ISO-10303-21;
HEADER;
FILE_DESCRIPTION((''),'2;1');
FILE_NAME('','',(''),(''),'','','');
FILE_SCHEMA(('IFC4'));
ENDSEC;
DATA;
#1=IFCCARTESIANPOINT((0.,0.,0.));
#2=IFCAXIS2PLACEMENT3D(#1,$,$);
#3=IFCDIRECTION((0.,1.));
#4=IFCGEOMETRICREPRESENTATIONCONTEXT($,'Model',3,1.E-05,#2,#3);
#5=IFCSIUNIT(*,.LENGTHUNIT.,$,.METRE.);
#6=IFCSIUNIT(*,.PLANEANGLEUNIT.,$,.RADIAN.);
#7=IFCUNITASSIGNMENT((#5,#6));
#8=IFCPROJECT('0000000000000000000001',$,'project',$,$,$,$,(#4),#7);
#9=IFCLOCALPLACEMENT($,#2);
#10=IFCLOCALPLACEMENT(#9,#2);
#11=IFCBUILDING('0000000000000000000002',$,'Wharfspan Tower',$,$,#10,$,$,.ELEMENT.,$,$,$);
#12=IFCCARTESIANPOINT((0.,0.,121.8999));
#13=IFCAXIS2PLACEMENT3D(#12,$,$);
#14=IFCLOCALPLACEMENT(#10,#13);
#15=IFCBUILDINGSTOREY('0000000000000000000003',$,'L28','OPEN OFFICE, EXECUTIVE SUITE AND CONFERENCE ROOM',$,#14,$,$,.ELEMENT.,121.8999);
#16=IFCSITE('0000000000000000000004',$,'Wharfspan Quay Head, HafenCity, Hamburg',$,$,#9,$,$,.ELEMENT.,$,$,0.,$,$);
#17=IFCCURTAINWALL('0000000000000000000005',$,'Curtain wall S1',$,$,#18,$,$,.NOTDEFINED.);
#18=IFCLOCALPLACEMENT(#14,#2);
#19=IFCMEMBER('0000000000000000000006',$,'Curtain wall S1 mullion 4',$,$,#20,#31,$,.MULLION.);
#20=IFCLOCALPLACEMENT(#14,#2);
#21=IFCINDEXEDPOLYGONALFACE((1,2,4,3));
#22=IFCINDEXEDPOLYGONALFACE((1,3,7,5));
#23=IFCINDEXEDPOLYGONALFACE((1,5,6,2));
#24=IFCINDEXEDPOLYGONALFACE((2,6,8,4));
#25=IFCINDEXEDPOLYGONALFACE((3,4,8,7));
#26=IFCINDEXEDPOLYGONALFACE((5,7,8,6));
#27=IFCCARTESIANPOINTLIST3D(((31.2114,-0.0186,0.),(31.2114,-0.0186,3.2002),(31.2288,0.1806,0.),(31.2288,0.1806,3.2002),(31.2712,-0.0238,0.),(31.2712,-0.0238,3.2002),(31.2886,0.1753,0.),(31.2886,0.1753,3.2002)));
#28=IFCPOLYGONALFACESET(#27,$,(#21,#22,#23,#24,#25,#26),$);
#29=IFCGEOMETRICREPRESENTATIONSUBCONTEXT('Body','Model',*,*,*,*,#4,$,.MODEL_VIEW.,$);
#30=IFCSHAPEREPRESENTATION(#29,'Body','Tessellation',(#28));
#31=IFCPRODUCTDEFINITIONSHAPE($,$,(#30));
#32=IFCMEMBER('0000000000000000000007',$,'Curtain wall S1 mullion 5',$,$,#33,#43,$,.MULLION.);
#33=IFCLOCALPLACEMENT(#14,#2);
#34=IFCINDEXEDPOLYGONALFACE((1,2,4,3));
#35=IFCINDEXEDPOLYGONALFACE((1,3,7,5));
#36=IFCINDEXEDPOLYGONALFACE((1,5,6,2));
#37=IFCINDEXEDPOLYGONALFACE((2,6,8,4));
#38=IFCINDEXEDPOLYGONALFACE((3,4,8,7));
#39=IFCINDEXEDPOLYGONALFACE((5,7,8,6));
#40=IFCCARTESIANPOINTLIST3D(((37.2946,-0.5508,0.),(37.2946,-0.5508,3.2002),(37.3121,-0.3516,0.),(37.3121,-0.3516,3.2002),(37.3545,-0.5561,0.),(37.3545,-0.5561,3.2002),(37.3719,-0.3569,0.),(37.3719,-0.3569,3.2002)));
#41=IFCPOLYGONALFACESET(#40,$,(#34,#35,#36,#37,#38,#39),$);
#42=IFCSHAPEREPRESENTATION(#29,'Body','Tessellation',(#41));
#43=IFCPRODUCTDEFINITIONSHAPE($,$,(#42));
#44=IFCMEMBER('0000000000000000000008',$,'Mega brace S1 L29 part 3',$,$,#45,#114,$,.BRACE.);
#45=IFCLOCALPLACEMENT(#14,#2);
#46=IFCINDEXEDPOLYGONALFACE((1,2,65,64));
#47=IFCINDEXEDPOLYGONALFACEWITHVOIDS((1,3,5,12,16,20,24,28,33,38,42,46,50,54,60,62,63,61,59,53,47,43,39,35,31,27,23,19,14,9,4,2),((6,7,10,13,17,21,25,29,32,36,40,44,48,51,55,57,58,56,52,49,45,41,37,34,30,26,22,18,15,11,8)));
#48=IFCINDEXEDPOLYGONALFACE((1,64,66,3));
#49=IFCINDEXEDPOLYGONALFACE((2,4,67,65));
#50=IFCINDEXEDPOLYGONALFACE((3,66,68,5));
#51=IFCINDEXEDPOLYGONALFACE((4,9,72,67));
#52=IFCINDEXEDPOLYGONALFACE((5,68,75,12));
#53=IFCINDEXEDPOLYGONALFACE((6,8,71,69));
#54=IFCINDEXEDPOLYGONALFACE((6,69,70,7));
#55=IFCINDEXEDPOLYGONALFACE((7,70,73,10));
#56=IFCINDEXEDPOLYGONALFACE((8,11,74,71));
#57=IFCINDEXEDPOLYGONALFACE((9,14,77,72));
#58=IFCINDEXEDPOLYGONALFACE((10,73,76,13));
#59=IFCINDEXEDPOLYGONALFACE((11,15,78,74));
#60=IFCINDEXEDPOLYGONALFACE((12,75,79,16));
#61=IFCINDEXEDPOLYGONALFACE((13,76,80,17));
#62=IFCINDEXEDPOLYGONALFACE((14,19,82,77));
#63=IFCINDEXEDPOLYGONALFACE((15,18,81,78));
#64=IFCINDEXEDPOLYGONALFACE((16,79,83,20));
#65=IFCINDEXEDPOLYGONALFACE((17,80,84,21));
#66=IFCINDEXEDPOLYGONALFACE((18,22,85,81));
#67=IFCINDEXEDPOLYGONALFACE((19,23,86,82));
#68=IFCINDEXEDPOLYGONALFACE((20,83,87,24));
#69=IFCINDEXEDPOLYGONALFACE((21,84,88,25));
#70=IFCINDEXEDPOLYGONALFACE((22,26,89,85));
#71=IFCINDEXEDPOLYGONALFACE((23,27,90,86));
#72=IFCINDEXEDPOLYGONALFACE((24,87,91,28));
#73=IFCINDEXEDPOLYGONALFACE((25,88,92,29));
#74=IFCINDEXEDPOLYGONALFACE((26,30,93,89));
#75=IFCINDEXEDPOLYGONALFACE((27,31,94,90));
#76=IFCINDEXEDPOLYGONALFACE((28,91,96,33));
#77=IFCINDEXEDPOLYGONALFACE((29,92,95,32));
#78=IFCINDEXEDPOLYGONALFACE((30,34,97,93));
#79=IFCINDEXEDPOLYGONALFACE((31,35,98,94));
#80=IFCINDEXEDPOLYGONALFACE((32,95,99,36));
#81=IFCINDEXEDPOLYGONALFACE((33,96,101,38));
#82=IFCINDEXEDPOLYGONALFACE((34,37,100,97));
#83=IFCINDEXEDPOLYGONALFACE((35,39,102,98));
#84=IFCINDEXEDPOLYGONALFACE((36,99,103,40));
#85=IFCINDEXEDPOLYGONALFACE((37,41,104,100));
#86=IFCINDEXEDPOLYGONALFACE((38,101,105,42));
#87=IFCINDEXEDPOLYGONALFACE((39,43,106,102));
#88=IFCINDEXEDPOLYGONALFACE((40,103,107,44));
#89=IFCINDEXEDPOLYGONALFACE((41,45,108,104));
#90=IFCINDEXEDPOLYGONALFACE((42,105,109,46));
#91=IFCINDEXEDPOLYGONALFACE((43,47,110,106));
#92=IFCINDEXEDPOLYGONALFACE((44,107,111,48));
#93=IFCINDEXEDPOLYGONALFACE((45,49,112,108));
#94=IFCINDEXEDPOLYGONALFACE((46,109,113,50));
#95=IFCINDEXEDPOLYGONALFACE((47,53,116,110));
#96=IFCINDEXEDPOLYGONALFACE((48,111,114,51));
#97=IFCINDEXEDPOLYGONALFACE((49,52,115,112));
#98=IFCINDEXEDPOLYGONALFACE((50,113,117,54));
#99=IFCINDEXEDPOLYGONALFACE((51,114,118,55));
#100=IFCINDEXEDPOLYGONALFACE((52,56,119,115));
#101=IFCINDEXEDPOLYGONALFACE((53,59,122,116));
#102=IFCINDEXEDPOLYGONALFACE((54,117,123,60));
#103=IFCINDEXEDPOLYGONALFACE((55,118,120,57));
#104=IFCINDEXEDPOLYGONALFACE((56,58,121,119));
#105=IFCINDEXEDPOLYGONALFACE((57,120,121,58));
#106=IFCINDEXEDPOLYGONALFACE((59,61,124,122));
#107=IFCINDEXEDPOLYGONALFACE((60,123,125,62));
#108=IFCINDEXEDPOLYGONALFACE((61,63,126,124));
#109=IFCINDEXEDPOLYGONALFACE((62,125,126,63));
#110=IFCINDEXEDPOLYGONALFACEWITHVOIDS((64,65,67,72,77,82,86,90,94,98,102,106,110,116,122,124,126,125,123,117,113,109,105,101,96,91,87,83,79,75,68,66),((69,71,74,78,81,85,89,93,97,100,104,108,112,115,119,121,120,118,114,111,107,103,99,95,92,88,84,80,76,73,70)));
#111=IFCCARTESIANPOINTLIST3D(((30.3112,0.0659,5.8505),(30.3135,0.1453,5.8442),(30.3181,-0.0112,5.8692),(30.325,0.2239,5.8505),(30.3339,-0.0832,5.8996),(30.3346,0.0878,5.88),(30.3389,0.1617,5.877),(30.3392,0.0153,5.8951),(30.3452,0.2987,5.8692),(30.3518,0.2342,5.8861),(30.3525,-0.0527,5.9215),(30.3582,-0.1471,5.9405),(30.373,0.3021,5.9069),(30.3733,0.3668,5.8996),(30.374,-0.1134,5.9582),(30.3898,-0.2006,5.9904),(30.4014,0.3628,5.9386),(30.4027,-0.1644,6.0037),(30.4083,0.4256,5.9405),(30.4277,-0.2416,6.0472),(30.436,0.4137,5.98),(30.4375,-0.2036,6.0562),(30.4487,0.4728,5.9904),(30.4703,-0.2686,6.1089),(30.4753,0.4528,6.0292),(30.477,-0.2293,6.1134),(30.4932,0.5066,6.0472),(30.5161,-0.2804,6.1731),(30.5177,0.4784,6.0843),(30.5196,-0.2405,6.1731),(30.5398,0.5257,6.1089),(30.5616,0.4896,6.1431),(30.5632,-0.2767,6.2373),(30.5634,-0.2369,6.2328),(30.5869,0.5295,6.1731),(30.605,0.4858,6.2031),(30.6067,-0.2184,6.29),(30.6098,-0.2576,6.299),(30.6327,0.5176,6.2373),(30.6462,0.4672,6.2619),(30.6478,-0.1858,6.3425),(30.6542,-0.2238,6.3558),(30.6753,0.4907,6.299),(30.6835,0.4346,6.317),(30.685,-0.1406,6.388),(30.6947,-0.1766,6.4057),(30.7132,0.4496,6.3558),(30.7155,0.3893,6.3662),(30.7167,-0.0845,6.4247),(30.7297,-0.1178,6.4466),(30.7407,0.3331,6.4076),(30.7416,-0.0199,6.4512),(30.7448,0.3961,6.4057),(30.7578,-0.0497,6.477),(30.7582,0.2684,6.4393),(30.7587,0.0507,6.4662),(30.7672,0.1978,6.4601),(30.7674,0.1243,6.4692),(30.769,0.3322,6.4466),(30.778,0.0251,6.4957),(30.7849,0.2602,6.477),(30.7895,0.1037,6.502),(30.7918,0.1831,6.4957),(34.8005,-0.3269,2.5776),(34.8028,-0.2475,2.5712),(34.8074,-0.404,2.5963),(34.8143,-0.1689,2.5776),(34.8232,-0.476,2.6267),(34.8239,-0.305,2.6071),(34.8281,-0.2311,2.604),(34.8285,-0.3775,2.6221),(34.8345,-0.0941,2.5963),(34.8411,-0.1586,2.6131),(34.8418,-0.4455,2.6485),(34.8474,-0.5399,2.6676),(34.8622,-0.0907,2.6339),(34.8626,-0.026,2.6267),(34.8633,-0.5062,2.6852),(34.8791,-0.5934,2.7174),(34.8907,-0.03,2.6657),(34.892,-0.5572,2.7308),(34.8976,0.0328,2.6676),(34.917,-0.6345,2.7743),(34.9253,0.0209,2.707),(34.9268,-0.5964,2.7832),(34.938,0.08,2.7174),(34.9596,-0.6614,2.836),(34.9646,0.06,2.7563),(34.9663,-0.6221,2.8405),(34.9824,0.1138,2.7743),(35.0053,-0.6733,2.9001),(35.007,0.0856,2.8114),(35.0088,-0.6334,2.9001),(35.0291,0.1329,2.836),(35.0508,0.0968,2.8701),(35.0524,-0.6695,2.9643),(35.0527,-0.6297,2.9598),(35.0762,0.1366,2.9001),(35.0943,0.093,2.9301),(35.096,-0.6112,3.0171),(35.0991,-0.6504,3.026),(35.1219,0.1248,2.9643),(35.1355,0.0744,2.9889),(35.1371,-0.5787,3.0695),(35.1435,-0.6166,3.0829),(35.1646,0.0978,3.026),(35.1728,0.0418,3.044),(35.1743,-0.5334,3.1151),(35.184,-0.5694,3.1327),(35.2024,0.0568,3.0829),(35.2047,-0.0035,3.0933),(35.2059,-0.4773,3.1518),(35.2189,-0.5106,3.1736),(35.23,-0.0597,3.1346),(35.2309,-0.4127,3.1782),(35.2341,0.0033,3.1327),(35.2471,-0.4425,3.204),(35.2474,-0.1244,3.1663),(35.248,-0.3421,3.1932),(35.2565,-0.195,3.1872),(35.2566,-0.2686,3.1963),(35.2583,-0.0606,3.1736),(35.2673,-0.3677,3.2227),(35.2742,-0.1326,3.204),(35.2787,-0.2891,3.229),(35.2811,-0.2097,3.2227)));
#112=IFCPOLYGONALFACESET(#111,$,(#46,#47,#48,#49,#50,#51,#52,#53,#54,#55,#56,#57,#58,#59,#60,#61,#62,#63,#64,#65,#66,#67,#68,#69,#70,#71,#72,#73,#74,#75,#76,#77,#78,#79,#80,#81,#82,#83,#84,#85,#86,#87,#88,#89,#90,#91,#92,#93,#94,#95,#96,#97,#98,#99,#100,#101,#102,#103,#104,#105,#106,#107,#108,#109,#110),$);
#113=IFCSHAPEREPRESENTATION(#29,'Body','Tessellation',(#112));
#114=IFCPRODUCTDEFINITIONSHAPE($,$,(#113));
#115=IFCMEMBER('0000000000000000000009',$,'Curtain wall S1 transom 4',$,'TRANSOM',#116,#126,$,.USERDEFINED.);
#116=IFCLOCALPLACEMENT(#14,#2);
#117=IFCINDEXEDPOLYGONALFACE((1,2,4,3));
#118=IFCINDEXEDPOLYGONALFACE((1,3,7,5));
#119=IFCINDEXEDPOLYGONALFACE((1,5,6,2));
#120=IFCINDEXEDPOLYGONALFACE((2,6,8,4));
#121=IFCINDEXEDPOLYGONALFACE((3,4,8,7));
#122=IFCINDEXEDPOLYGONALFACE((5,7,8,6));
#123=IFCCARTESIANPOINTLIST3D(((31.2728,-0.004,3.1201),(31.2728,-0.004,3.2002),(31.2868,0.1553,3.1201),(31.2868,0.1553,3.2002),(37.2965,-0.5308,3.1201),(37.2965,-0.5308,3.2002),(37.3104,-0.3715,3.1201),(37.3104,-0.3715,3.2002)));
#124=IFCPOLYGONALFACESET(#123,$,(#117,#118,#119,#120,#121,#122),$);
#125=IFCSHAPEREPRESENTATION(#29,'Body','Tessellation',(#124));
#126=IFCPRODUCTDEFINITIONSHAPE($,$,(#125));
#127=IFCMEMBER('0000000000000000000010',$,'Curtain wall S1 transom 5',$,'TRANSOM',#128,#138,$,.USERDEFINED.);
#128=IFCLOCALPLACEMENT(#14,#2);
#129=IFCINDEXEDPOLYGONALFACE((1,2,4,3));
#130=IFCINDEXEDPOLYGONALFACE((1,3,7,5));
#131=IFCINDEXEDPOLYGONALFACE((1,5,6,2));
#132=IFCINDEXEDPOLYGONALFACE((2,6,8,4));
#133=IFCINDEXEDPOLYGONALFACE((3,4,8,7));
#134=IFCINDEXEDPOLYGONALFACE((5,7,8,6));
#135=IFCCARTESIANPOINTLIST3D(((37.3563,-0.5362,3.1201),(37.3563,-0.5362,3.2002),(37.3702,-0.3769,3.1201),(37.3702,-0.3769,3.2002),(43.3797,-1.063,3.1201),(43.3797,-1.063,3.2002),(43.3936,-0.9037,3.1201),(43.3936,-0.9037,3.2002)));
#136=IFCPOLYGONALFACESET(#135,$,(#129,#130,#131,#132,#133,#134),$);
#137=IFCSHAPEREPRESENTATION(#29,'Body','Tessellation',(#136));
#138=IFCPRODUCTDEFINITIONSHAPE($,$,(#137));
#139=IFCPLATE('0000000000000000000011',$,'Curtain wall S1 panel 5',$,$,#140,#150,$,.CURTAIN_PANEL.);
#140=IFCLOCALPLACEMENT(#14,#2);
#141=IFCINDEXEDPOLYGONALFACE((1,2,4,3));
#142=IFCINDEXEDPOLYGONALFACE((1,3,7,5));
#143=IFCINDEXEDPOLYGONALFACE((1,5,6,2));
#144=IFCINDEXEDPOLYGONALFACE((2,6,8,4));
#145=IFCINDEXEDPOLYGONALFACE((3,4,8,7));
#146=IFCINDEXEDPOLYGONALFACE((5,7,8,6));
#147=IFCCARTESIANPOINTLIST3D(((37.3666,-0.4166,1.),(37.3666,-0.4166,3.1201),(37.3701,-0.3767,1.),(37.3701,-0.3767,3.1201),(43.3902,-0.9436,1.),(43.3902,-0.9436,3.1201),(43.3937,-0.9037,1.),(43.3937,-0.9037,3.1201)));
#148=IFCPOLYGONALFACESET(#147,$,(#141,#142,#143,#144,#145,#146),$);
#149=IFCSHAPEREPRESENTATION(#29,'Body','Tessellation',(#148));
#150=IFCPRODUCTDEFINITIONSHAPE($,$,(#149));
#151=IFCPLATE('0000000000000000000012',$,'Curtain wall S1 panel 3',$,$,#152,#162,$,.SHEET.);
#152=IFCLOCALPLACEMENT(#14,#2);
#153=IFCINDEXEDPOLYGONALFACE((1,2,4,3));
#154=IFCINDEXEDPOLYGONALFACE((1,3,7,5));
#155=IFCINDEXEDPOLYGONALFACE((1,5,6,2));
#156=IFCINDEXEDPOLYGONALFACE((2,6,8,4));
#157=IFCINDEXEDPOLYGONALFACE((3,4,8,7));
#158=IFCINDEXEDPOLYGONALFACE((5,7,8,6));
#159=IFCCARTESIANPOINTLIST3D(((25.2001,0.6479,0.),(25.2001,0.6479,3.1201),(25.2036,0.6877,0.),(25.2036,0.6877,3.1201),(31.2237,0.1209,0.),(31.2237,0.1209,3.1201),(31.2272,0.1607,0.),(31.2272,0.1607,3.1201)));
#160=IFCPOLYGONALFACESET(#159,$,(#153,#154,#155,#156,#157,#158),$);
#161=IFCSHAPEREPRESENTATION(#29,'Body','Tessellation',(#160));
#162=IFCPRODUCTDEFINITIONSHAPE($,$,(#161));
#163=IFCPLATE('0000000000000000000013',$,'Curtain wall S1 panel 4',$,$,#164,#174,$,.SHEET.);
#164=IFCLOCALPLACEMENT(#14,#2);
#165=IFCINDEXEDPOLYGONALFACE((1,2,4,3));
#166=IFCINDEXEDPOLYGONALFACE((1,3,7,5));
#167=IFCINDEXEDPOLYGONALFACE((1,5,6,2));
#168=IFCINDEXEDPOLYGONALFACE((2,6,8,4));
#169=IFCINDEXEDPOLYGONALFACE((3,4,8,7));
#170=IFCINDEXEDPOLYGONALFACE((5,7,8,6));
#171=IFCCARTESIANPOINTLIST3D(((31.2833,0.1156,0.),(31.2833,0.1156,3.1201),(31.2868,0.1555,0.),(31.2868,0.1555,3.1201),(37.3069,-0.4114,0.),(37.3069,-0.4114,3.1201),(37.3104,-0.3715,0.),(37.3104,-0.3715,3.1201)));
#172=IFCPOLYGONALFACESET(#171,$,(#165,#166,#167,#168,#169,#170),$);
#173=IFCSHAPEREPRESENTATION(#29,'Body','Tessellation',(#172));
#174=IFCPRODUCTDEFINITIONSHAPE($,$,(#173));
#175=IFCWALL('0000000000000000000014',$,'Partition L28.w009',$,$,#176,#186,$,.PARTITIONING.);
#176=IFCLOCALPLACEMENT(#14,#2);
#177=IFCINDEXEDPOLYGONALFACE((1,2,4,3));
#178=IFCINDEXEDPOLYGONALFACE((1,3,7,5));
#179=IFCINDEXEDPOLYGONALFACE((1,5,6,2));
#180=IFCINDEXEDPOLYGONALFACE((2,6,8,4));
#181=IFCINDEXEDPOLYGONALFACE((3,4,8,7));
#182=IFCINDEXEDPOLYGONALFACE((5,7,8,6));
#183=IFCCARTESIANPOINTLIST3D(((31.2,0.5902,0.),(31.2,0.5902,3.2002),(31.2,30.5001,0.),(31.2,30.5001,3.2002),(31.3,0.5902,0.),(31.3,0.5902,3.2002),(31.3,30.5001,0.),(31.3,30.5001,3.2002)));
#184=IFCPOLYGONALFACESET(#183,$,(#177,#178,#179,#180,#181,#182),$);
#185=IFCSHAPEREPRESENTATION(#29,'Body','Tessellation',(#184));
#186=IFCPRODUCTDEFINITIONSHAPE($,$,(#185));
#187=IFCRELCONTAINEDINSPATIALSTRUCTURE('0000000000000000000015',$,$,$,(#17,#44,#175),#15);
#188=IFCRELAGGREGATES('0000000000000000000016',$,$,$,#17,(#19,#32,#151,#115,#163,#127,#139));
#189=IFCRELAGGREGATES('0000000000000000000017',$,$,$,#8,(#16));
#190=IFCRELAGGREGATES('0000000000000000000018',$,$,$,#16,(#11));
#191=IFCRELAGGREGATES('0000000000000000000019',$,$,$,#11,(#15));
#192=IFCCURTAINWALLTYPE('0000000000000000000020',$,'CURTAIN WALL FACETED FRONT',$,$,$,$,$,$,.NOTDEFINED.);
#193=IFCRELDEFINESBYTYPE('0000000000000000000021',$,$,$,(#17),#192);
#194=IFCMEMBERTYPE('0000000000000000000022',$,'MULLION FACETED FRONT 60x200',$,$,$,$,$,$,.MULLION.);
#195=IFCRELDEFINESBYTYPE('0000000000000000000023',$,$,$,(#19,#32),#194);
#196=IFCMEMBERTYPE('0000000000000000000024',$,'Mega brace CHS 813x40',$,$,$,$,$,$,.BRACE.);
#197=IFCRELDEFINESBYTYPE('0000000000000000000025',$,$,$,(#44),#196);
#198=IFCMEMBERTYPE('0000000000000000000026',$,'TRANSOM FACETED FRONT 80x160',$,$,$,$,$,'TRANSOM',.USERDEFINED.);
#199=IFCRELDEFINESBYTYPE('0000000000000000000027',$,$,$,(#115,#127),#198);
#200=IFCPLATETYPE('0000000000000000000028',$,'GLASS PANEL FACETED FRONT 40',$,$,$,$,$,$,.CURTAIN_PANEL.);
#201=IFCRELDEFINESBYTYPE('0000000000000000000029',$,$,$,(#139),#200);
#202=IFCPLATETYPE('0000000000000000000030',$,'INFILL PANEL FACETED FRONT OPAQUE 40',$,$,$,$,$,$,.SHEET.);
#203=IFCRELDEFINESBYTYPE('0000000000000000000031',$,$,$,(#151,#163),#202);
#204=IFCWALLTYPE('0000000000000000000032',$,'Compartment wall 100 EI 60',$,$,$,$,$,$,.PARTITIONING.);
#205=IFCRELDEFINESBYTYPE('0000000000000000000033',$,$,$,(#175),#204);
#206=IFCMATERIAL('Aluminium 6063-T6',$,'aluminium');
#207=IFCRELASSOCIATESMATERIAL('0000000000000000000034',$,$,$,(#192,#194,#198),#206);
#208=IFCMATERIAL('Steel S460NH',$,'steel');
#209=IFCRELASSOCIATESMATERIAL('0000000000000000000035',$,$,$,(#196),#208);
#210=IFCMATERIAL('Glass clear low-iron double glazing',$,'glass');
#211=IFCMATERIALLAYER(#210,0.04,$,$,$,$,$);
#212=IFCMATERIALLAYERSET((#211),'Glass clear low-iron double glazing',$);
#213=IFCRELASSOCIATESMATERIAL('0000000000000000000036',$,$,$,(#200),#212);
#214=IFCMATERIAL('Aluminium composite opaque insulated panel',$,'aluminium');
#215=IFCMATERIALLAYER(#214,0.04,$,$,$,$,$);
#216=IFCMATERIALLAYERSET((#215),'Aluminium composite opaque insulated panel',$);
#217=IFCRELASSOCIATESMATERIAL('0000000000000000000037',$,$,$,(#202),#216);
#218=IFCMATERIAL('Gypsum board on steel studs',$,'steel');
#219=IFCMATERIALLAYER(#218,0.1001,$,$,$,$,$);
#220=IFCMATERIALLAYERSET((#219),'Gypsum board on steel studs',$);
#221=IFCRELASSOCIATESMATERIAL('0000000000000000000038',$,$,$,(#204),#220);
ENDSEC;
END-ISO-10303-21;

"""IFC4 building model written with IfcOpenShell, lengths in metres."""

from ifc_helpers import new_model, si_unit, direction, frame, frame_2d, origin, origin_2d, place, context, subcontext, project, spatial, rectangle, hollow_circle, extrude, material, layer, layer_set, material_profile, profile_set, type_object, element, aggregate, save


model = new_model("IFC4")

# Units and contexts
model_context = context("Model", 3, precision=1e-05, world=origin(), true_north=direction((0.0, 1.0)))
body_context = subcontext(model_context, "Body", "Model", "MODEL_VIEW")
ifc_project = project(units=[si_unit("LENGTHUNIT", "METRE"), si_unit("PLANEANGLEUNIT", "RADIAN")], contexts=[model_context])

# Site, building, storey
site_placement = place(None, origin())
site = spatial("IfcSite", under=ifc_project, at=site_placement, Name="Wharfspan Quay Head, HafenCity, Hamburg", CompositionType="ELEMENT", RefElevation=0.0)
building_placement = place(site_placement, origin())
building = spatial("IfcBuilding", under=site, at=building_placement, Name="Wharfspan Tower", CompositionType="ELEMENT")
storey_placement = place(building_placement, frame((0.0, 0.0, 121.8999)))
storey = spatial("IfcBuildingStorey", under=building, at=storey_placement, Name="L28", Description="OPEN OFFICE, EXECUTIVE SUITE AND CONFERENCE ROOM", CompositionType="ELEMENT", Elevation=121.8999)

# Curtain wall, members
ifc_material_1 = material(Name="Aluminium 6063-T6", Category="aluminium")
curtain_wall_type = type_object("IfcCurtainWallType", Name="CURTAIN WALL FACETED FRONT", PredefinedType="NOTDEFINED", material=ifc_material_1)
curtain_wall_placement = place(storey_placement, origin())
curtain_wall = element("IfcCurtainWall", 1, at=curtain_wall_placement, inside=storey, type_object=curtain_wall_type, Name="Curtain wall S1", PredefinedType="NOTDEFINED")
ifc_material_profile_1 = material_profile(ifc_material_1, rectangle(XDim=0.2, YDim=0.0601, at=origin_2d()))
ifc_profile_set_1 = profile_set([ifc_material_profile_1], Name="Aluminium 6063-T6")
member_type_1 = type_object("IfcMemberType", Name="MULLION FACETED FRONT 60x200", PredefinedType="MULLION", material=ifc_profile_set_1)
member_1_placement = place(storey_placement, frame((31.25, 0.0784, 0.0), z_axis=(0.0, 0.0, 1.0), x_axis=(0.087156, 0.996198, 0.0)))
member_1 = element("IfcMember", 2, at=member_1_placement, type_object=member_type_1, Name="Curtain wall S1 mullion 4", PredefinedType="MULLION", context=body_context, shape_type="SweptSolid", body=[
    extrude(rectangle(XDim=0.2, YDim=0.0601, at=origin_2d()), origin(), (0.0, 0.0, 1.0), 3.2002),
])
member_2_placement = place(storey_placement, frame((37.3333, -0.4539, 0.0), z_axis=(0.0, 0.0, 1.0), x_axis=(0.087156, 0.996198, 0.0)))
member_2 = element("IfcMember", 3, at=member_2_placement, type_object=member_type_1, Name="Curtain wall S1 mullion 5", PredefinedType="MULLION", context=body_context, shape_type="SweptSolid", body=[
    extrude(rectangle(XDim=0.2, YDim=0.0601, at=origin_2d()), origin(), (0.0, 0.0, 1.0), 3.2002),
])

# Members
ifc_material_2 = material(Name="Steel S460NH", Category="steel")
ifc_material_profile_2 = material_profile(ifc_material_2, hollow_circle(Radius=0.4065, WallThickness=0.04, at=origin_2d()))
ifc_profile_set_2 = profile_set([ifc_material_profile_2], Name="Steel S460NH")
member_type_2 = type_object("IfcMemberType", Name="Mega brace CHS 813x40", PredefinedType="BRACE", material=ifc_profile_set_2)
member_3_placement = place(storey_placement, frame((35.0408, -0.2683, 2.9001), z_axis=(-0.806035, 0.07053, 0.58765), x_axis=(-0.087168, -0.996195, 0.000002)))
element("IfcMember", 4, at=member_3_placement, inside=storey, type_object=member_type_2, Name="Mega brace S1 L29 part 3", PredefinedType="BRACE", context=body_context, shape_type="SweptSolid", body=[
    extrude(hollow_circle(Radius=0.4065, WallThickness=0.04, at=origin_2d()), origin(), (0.0, 0.0, 1.0), 5.5696),
])
ifc_material_profile_3 = material_profile(ifc_material_1, rectangle(XDim=0.1599, YDim=0.0801, at=origin_2d()))
ifc_profile_set_3 = profile_set([ifc_material_profile_3], Name="Aluminium 6063-T6")
member_type_3 = type_object("IfcMemberType", Name="TRANSOM FACETED FRONT 80x160", ElementType="TRANSOM", PredefinedType="USERDEFINED", material=ifc_profile_set_3)
member_4_placement = place(storey_placement, frame((31.2798, 0.0757, 3.1602), z_axis=(0.996197, -0.087131, 0.0), x_axis=(0.087131, 0.996197, 0.0)))
member_4 = element("IfcMember", 5, at=member_4_placement, type_object=member_type_3, Name="Curtain wall S1 transom 4", ObjectType="TRANSOM", PredefinedType="USERDEFINED", context=body_context, shape_type="SweptSolid", body=[
    extrude(rectangle(XDim=0.1599, YDim=0.0801, at=origin_2d()), origin(), (0.0, 0.0, 1.0), 6.0466),
])
member_5_placement = place(storey_placement, frame((37.3633, -0.4565, 3.1602), z_axis=(0.996197, -0.087135, 0.0), x_axis=(0.087135, 0.996197, 0.0)))
member_5 = element("IfcMember", 6, at=member_5_placement, type_object=member_type_3, Name="Curtain wall S1 transom 5", ObjectType="TRANSOM", PredefinedType="USERDEFINED", context=body_context, shape_type="SweptSolid", body=[
    extrude(rectangle(XDim=0.1599, YDim=0.0801, at=origin_2d()), origin(), (0.0, 0.0, 1.0), 6.0464),
])

# Plates
ifc_material_3 = material(Name="Glass clear low-iron double glazing", Category="glass")
ifc_layer_1 = layer(ifc_material_3, 0.04)
ifc_layer_set_1 = layer_set([ifc_layer_1], Name="Glass clear low-iron double glazing")
plate_type_1 = type_object("IfcPlateType", Name="GLASS PANEL FACETED FRONT 40", PredefinedType="CURTAIN_PANEL", material=ifc_layer_set_1)
plate_1_placement = place(storey_placement, frame((40.3801, -0.6602, 1.0), z_axis=(0.0, 0.0, 1.0), x_axis=(0.996198, -0.087156, 0.0)))
plate_1 = element("IfcPlate", 7, at=plate_1_placement, type_object=plate_type_1, Name="Curtain wall S1 panel 5", PredefinedType="CURTAIN_PANEL", context=body_context, shape_type="SweptSolid", body=[
    extrude(rectangle(XDim=6.0466, YDim=0.04, at=origin_2d()), origin(), (0.0, 0.0, 1.0), 2.1201),
])
ifc_material_4 = material(Name="Aluminium composite opaque insulated panel", Category="aluminium")
ifc_layer_2 = layer(ifc_material_4, 0.04)
ifc_layer_set_2 = layer_set([ifc_layer_2], Name="Aluminium composite opaque insulated panel")
plate_type_2 = type_object("IfcPlateType", Name="INFILL PANEL FACETED FRONT OPAQUE 40", PredefinedType="SHEET", material=ifc_layer_set_2)
plate_2_placement = place(storey_placement, frame((28.2136, 0.4043, 0.0), z_axis=(0.0, 0.0, 1.0), x_axis=(0.996198, -0.087156, 0.0)))
plate_2 = element("IfcPlate", 8, at=plate_2_placement, type_object=plate_type_2, Name="Curtain wall S1 panel 3", PredefinedType="SHEET", context=body_context, shape_type="SweptSolid", body=[
    extrude(rectangle(XDim=6.0466, YDim=0.04, at=origin_2d()), origin(), (0.0, 0.0, 1.0), 3.1201),
])
plate_3_placement = place(storey_placement, frame((34.2969, -0.1279, 0.0), z_axis=(0.0, 0.0, 1.0), x_axis=(0.996198, -0.087156, 0.0)))
plate_3 = element("IfcPlate", 9, at=plate_3_placement, type_object=plate_type_2, Name="Curtain wall S1 panel 4", PredefinedType="SHEET", context=body_context, shape_type="SweptSolid", body=[
    extrude(rectangle(XDim=6.0466, YDim=0.04, at=origin_2d()), origin(), (0.0, 0.0, 1.0), 3.1201),
])
aggregate(curtain_wall, [member_1, member_2, plate_2, member_4, plate_3, member_5, plate_1])

# Wall
ifc_material_5 = material(Name="Gypsum board on steel studs", Category="steel")
ifc_layer_3 = layer(ifc_material_5, 0.1001)
ifc_layer_set_3 = layer_set([ifc_layer_3], Name="Gypsum board on steel studs")
wall_type_1 = type_object("IfcWallType", Name="Compartment wall 100 EI 60", PredefinedType="PARTITIONING", material=ifc_layer_set_3)
wall_1_placement = place(storey_placement, frame((31.25, 0.5901, 0.0), z_axis=(0.0, 0.0, 1.0), x_axis=(0.0, 1.0, 0.0)))
element("IfcWall", 10, at=wall_1_placement, inside=storey, type_object=wall_type_1, Name="Partition L28.w009", PredefinedType="PARTITIONING", context=body_context, shape_type="SweptSolid", body=[
    extrude(rectangle(XDim=29.9099, YDim=0.1001, at=frame_2d((14.9551, 0.0))), origin(), (0.0, 0.0, 1.0), 3.2002),
])

save(model, "model.ifc")
